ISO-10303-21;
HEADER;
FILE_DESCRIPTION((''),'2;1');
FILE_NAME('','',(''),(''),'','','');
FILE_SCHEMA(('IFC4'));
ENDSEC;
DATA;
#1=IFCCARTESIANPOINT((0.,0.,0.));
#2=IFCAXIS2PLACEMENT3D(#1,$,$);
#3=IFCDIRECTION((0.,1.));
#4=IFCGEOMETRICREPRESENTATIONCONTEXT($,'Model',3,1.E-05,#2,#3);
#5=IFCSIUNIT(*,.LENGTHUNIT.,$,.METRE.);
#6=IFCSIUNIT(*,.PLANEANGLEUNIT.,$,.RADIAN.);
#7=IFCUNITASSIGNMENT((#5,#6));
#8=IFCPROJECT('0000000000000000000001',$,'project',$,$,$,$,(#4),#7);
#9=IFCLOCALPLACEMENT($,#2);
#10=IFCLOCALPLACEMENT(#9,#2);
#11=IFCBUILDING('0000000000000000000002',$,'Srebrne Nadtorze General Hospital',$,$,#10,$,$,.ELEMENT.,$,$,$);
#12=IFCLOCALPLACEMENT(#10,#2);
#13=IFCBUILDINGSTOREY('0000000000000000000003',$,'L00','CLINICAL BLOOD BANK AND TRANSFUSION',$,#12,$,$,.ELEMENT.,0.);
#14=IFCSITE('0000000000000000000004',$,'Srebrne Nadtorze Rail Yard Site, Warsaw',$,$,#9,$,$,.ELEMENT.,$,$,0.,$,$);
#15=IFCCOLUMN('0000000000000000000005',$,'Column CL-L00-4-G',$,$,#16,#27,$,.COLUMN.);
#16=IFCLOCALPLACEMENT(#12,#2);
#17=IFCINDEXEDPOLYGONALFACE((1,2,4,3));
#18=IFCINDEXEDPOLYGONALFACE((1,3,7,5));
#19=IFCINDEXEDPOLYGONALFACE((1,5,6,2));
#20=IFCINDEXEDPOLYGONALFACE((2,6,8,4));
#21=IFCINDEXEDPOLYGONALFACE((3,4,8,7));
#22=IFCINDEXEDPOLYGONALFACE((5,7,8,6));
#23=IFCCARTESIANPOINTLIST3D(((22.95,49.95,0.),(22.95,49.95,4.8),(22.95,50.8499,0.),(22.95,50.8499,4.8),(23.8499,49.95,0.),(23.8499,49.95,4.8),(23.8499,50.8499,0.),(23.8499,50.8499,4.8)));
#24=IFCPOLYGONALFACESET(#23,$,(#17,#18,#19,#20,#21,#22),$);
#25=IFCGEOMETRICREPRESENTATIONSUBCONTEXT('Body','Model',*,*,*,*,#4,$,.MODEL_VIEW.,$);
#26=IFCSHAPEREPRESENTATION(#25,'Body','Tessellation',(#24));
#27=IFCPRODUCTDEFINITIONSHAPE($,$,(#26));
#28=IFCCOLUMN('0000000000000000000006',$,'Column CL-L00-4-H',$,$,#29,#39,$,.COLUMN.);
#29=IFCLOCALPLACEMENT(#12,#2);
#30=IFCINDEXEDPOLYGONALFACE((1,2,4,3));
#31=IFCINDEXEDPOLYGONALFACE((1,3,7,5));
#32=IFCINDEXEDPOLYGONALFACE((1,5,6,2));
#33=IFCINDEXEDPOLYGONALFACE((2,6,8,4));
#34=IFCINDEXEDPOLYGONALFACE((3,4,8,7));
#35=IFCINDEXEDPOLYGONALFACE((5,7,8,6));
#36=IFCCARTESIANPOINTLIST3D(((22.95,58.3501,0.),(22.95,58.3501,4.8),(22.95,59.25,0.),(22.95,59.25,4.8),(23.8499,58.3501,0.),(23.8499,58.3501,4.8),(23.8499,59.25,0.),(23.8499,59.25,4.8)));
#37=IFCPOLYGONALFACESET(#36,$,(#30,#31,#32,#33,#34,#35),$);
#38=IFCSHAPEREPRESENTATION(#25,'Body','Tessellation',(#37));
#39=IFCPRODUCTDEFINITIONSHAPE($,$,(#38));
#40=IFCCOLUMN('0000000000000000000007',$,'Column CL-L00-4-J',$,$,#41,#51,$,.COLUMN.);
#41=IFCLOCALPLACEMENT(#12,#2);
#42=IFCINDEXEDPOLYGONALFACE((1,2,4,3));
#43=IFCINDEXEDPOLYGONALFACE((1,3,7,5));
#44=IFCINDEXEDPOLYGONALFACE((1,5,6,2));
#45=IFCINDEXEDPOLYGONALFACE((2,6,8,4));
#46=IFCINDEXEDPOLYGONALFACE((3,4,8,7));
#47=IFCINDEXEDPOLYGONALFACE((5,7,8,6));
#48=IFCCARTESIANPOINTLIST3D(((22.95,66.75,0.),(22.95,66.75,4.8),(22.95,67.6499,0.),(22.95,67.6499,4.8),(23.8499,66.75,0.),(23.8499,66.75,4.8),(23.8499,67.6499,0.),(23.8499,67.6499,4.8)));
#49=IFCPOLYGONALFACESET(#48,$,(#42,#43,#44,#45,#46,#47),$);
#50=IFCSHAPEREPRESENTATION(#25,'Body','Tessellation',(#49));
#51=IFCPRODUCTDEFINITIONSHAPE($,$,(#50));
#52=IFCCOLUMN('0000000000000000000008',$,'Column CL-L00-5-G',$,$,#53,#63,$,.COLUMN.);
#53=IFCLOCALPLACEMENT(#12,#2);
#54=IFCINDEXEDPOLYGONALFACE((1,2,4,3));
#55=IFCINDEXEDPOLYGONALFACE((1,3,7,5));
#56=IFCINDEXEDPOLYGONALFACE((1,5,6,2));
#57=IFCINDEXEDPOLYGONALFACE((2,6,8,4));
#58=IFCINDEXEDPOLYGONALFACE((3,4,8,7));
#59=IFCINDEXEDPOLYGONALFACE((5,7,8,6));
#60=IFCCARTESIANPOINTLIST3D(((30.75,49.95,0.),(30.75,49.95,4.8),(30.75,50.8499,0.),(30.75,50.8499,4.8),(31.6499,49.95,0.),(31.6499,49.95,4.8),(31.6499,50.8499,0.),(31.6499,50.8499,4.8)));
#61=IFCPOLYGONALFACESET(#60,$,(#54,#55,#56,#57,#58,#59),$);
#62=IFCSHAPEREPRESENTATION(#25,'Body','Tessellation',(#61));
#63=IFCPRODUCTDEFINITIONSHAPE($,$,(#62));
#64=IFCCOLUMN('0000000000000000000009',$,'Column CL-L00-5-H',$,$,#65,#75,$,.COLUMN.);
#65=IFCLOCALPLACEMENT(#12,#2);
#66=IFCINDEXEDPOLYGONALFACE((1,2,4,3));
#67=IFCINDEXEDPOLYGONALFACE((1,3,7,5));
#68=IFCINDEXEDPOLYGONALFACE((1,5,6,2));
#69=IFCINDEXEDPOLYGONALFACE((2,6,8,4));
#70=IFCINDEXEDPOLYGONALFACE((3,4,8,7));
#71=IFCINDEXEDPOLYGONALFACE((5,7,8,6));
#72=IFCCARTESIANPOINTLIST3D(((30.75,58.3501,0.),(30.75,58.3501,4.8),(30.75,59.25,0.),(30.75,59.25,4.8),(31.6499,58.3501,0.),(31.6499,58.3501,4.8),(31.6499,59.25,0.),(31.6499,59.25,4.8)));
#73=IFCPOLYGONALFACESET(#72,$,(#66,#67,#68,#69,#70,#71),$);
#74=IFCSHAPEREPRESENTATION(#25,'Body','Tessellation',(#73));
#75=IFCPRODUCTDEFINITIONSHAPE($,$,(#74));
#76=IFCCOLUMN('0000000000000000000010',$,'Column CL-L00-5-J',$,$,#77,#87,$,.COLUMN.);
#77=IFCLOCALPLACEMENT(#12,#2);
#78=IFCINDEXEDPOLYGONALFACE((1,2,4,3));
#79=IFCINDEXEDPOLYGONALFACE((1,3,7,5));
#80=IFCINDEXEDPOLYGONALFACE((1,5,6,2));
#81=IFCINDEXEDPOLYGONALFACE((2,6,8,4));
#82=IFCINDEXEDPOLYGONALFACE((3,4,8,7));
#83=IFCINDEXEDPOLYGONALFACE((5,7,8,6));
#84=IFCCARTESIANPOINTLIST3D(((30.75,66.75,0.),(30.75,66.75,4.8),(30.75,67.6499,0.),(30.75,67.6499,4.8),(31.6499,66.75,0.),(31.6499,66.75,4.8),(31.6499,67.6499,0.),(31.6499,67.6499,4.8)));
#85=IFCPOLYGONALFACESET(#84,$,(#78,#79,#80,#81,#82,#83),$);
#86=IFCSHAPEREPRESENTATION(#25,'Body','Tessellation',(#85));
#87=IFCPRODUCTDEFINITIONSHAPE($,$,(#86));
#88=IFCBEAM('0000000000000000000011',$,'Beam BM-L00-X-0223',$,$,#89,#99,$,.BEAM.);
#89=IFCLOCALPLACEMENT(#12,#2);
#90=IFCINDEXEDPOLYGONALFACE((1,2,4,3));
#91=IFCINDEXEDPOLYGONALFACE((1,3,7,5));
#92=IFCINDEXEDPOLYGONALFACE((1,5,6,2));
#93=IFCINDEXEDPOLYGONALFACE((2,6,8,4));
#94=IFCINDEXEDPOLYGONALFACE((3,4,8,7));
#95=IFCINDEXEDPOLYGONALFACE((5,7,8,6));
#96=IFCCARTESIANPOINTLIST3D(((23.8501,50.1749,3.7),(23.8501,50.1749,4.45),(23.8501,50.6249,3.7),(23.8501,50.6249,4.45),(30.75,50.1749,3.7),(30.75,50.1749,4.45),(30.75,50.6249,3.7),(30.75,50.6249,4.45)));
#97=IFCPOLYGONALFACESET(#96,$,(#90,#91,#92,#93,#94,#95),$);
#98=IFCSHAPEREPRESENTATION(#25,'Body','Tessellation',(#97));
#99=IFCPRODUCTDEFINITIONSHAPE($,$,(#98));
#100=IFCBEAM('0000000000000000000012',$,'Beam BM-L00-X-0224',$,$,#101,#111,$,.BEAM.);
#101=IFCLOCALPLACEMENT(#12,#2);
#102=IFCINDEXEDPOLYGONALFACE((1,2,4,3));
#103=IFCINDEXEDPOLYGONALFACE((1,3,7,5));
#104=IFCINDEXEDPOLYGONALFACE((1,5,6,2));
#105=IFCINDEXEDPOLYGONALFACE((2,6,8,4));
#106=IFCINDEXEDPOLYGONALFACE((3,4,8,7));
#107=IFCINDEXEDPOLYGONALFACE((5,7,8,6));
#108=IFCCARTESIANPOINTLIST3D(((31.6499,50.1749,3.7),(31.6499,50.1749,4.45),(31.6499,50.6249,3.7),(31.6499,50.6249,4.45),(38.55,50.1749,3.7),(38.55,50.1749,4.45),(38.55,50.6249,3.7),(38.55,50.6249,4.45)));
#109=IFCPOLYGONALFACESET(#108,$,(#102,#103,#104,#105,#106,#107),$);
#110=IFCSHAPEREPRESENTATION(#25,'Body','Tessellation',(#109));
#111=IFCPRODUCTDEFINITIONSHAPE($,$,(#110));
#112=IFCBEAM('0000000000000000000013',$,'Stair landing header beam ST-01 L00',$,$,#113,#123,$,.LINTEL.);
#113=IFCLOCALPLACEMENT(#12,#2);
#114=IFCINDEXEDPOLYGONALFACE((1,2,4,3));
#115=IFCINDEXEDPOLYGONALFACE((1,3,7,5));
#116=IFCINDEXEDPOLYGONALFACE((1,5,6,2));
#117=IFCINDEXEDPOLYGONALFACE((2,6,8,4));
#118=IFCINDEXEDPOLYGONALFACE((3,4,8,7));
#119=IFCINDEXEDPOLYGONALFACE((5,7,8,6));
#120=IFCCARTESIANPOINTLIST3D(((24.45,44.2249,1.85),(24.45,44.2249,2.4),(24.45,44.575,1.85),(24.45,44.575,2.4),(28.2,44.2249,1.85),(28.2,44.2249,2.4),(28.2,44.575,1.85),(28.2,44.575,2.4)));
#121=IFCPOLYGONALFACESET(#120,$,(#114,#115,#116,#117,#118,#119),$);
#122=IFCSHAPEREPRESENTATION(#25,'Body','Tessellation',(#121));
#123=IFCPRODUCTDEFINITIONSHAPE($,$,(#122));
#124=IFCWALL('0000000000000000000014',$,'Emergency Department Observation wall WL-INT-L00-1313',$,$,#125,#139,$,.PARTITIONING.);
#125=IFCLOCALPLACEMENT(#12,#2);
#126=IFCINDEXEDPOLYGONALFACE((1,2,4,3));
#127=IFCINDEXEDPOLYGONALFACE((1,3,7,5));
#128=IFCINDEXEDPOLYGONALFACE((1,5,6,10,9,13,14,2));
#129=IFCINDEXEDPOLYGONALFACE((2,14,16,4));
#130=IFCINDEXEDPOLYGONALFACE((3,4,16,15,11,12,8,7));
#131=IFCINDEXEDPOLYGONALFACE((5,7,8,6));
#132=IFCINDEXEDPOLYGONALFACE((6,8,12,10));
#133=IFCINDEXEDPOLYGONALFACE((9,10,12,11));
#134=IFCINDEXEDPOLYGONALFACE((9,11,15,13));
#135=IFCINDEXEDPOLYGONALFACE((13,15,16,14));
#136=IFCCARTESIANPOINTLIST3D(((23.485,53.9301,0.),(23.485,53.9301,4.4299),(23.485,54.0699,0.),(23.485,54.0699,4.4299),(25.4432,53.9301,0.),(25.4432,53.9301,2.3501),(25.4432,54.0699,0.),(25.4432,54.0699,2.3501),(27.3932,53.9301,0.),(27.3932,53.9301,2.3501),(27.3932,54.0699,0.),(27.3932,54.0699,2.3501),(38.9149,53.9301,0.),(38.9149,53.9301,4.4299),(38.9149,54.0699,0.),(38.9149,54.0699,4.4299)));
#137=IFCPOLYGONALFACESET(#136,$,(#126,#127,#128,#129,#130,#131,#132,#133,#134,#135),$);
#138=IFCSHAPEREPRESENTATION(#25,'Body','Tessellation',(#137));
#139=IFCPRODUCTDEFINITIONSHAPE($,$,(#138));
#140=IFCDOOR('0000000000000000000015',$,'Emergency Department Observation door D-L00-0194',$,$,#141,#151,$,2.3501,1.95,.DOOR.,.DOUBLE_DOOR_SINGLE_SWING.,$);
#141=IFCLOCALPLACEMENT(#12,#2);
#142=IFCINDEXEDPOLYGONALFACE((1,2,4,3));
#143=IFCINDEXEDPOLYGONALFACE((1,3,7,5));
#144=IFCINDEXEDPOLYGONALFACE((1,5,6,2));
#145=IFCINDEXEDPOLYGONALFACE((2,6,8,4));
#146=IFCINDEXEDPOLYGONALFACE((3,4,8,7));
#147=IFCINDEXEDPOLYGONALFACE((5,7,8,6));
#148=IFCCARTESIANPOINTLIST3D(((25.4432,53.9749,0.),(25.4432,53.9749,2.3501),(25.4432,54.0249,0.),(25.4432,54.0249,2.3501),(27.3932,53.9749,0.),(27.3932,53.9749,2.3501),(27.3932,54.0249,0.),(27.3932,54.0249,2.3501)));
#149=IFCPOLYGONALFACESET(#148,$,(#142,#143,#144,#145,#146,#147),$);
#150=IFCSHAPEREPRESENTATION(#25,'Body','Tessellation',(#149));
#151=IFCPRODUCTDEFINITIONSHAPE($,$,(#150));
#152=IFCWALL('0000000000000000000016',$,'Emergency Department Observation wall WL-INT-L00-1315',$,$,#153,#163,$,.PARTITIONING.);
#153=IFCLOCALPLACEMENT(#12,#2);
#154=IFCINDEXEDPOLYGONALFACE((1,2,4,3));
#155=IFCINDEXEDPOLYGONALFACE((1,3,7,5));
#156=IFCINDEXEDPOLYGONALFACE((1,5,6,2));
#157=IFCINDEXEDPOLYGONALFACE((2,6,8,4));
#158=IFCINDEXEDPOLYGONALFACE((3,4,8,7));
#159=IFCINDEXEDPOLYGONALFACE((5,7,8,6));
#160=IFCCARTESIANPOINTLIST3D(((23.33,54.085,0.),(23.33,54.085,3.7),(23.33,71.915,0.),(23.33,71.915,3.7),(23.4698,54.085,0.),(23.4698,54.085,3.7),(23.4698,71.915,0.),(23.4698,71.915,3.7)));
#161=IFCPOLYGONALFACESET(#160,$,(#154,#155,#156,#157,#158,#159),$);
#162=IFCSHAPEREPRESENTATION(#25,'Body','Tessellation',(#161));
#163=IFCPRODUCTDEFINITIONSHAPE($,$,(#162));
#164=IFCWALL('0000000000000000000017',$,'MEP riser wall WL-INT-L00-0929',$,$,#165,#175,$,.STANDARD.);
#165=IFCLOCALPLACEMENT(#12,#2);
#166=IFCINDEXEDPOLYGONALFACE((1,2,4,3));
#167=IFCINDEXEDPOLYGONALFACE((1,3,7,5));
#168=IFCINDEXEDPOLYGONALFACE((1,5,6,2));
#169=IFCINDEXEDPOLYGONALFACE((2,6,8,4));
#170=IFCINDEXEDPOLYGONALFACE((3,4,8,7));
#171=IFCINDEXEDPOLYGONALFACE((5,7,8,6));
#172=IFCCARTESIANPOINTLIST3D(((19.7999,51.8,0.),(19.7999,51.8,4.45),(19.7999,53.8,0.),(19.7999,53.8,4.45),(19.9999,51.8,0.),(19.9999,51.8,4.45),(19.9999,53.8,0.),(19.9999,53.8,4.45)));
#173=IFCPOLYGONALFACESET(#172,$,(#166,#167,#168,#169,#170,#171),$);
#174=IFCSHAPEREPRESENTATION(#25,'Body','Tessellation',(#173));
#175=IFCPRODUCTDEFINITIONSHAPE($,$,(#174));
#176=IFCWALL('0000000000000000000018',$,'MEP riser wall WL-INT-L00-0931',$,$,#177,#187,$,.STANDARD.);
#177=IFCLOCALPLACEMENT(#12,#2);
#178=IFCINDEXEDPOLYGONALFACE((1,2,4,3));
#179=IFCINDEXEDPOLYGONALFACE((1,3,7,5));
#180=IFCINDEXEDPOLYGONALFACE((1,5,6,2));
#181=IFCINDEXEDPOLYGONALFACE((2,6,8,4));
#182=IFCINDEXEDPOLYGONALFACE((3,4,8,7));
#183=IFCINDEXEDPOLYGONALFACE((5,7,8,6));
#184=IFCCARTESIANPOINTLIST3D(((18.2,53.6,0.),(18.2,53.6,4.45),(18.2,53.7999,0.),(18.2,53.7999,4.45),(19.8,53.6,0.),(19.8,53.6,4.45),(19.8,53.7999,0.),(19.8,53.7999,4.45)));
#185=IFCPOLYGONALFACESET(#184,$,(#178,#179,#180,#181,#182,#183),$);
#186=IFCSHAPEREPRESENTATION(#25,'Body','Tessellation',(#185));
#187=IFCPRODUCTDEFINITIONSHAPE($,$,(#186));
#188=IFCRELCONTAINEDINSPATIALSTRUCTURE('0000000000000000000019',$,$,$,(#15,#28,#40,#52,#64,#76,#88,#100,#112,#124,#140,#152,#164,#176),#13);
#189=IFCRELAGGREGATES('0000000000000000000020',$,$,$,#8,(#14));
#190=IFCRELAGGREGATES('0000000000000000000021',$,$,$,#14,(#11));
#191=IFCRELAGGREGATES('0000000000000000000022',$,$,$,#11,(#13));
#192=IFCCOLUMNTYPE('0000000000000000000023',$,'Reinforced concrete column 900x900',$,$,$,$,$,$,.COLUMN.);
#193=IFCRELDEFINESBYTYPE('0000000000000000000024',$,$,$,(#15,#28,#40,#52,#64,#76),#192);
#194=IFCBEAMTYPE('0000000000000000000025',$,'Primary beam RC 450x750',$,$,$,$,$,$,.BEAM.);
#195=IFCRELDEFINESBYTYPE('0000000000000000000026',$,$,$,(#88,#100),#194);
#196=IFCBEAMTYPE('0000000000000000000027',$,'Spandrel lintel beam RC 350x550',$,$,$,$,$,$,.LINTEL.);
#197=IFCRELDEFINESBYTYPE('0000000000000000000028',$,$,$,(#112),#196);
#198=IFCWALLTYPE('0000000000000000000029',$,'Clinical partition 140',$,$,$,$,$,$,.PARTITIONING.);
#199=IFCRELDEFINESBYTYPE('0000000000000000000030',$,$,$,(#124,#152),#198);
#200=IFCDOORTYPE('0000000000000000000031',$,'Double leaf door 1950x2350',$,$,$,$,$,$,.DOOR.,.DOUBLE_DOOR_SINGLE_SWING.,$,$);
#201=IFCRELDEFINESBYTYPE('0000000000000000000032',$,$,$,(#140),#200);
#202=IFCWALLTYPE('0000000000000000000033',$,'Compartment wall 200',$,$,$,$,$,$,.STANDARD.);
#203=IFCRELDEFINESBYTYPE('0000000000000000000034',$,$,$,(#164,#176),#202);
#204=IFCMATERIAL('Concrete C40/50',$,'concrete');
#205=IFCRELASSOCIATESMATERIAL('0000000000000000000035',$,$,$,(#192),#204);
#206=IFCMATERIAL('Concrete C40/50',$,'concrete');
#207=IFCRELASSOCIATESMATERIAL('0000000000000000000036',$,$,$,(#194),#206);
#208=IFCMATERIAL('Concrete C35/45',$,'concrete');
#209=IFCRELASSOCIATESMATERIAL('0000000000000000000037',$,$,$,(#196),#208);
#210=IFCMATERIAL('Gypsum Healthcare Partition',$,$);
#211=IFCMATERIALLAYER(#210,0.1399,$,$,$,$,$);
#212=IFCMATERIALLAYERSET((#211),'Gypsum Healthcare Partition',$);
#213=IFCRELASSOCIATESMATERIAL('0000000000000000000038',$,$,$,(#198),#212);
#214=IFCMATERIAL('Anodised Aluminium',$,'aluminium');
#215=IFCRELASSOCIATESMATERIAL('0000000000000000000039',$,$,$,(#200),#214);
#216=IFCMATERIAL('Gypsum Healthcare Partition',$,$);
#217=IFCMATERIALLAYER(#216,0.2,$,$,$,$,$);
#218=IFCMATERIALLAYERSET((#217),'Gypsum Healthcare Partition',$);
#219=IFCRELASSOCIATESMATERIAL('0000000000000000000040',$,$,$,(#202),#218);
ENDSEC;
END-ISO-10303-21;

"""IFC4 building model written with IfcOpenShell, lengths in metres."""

from ifc_helpers import new_model, si_unit, direction, frame, frame_2d, origin, origin_2d, place, context, subcontext, project, spatial, rectangle, extrude, material, layer, layer_set, material_profile, profile_set, type_object, element, fill, save


model = new_model("IFC4")

# Units and contexts
model_context = context("Model", 3, precision=1e-05, world=origin(), true_north=direction((0.0, 1.0)))
body_context = subcontext(model_context, "Body", "Model", "MODEL_VIEW")
ifc_project = project(units=[si_unit("LENGTHUNIT", "METRE"), si_unit("PLANEANGLEUNIT", "RADIAN")], contexts=[model_context])

# Site, building, storey
site_placement = place(None, origin())
site = spatial("IfcSite", under=ifc_project, at=site_placement, Name="Srebrne Nadtorze Rail Yard Site, Warsaw", CompositionType="ELEMENT", RefElevation=0.0)
building_placement = place(site_placement, origin())
building = spatial("IfcBuilding", under=site, at=building_placement, Name="Srebrne Nadtorze General Hospital", CompositionType="ELEMENT")
storey_placement = place(building_placement, origin())
storey = spatial("IfcBuildingStorey", under=building, at=storey_placement, Name="L00", Description="CLINICAL BLOOD BANK AND TRANSFUSION", CompositionType="ELEMENT", Elevation=0.0)

# Columns
ifc_material_1 = material(Name="Concrete C40/50", Category="concrete")
ifc_material_profile_1 = material_profile(ifc_material_1, rectangle(XDim=0.8999, YDim=0.8999, at=origin_2d()), Name="RC-COL-900x900")
ifc_profile_set_1 = profile_set([ifc_material_profile_1], Name="Concrete C40/50")
column_type = type_object("IfcColumnType", Name="Reinforced concrete column 900x900", PredefinedType="COLUMN", material=ifc_profile_set_1)
for number, where, z_axis, x_axis, name in (
    (1, (23.3999, 50.3999, 0.0), (0.0, 0.0, 1.0), (1.0, 0.0, 0.0), "Column CL-L00-4-G"),
    (2, (23.3999, 58.8, 0.0), (0.0, 0.0, 1.0), (1.0, 0.0, 0.0), "Column CL-L00-4-H"),
    (3, (23.3999, 67.2, 0.0), (0.0, 0.0, 1.0), (1.0, 0.0, 0.0), "Column CL-L00-4-J"),
    (4, (31.2, 50.3999, 0.0), (0.0, 0.0, 1.0), (1.0, 0.0, 0.0), "Column CL-L00-5-G"),
    (5, (31.2, 58.8, 0.0), (0.0, 0.0, 1.0), (1.0, 0.0, 0.0), "Column CL-L00-5-H"),
    (6, (31.2, 67.2, 0.0), (0.0, 0.0, 1.0), (1.0, 0.0, 0.0), "Column CL-L00-5-J"),
):
    element("IfcColumn", number, at=place(storey_placement, frame(where, z_axis=z_axis, x_axis=x_axis)), inside=storey, type_object=column_type, Name=name, PredefinedType="COLUMN", context=body_context, shape_type="SweptSolid", body=[
        extrude(rectangle(XDim=0.8999, YDim=0.8999, at=origin_2d()), origin(), (0.0, 0.0, 1.0), 4.8),
    ])

# Beams
ifc_material_2 = material(Name="Concrete C40/50", Category="concrete")
ifc_material_profile_2 = material_profile(ifc_material_2, rectangle(XDim=0.45, YDim=0.75, at=origin_2d()), Name="RC-BM-450x750")
ifc_profile_set_2 = profile_set([ifc_material_profile_2], Name="Concrete C40/50")
beam_type_1 = type_object("IfcBeamType", Name="Primary beam RC 450x750", PredefinedType="BEAM", material=ifc_profile_set_2)
beam_1_placement = place(storey_placement, frame((23.8501, 50.3999, 4.075), z_axis=(1.0, 0.0, 0.0), x_axis=(0.0, 1.0, 0.0)))
element("IfcBeam", 7, at=beam_1_placement, inside=storey, type_object=beam_type_1, Name="Beam BM-L00-X-0223", PredefinedType="BEAM", context=body_context, shape_type="SweptSolid", body=[
    extrude(rectangle(XDim=0.45, YDim=0.75, at=origin_2d()), origin(), (0.0, 0.0, 1.0), 6.8999),
])
beam_2_placement = place(storey_placement, frame((31.6499, 50.3999, 4.075), z_axis=(1.0, 0.0, 0.0), x_axis=(0.0, 1.0, 0.0)))
element("IfcBeam", 8, at=beam_2_placement, inside=storey, type_object=beam_type_1, Name="Beam BM-L00-X-0224", PredefinedType="BEAM", context=body_context, shape_type="SweptSolid", body=[
    extrude(rectangle(XDim=0.45, YDim=0.75, at=origin_2d()), origin(), (0.0, 0.0, 1.0), 6.9001),
])
ifc_material_3 = material(Name="Concrete C35/45", Category="concrete")
ifc_material_profile_3 = material_profile(ifc_material_3, rectangle(XDim=0.3501, YDim=0.55, at=origin_2d()), Name="RC-BM-350x550")
ifc_profile_set_3 = profile_set([ifc_material_profile_3], Name="Concrete C35/45")
beam_type_2 = type_object("IfcBeamType", Name="Spandrel lintel beam RC 350x550", PredefinedType="LINTEL", material=ifc_profile_set_3)
beam_3_placement = place(storey_placement, frame((24.45, 44.3999, 2.125), z_axis=(1.0, 0.0, 0.0), x_axis=(0.0, 1.0, 0.0)))
element("IfcBeam", 9, at=beam_3_placement, inside=storey, type_object=beam_type_2, Name="Stair landing header beam ST-01 L00", PredefinedType="LINTEL", context=body_context, shape_type="SweptSolid", body=[
    extrude(rectangle(XDim=0.3501, YDim=0.55, at=origin_2d()), origin(), (0.0, 0.0, 1.0), 3.75),
])

# Wall, opening, door
ifc_material_4 = material(Name="Gypsum Healthcare Partition")
ifc_layer_1 = layer(ifc_material_4, 0.1399)
ifc_layer_set_1 = layer_set([ifc_layer_1], Name="Gypsum Healthcare Partition")
wall_type_1 = type_object("IfcWallType", Name="Clinical partition 140", PredefinedType="PARTITIONING", material=ifc_layer_set_1)
wall_1_placement = place(storey_placement, frame((23.4851, 54.0, 0.0), z_axis=(0.0, 0.0, 1.0), x_axis=(1.0, 0.0, 0.0)))
wall_1 = element("IfcWall", 10, at=wall_1_placement, inside=storey, type_object=wall_type_1, Name="Emergency Department Observation wall WL-INT-L00-1313", PredefinedType="PARTITIONING", context=body_context, shape_type="SweptSolid", body=[
    extrude(rectangle(XDim=15.4299, YDim=0.1399, at=frame_2d((7.7148, 0.0))), origin(), (0.0, 0.0, 1.0), 4.4299),
])
opening_1_placement = place(wall_1_placement, frame((1.958, 0.0, 0.0)))
opening_1 = element("IfcOpeningElement", 11, at=opening_1_placement, cuts=wall_1, PredefinedType="OPENING", context=body_context, shape_type="SweptSolid", body=[
    extrude(rectangle(XDim=1.95, YDim=2.3501, at=frame_2d((0.9751, 1.175))), frame((0.0, 0.082, 0.0), z_axis=(0.0, -1.0, 0.0), x_axis=(1.0, 0.0, 0.0)), (0.0, 0.0, 1.0), 0.1638),
])
ifc_material_5 = material(Name="Anodised Aluminium", Category="aluminium")
door_type_1 = type_object("IfcDoorType", Name="Double leaf door 1950x2350", OperationType="DOUBLE_DOOR_SINGLE_SWING", PredefinedType="DOOR", material=ifc_material_5)
door_1_placement = place(opening_1_placement, origin())
door_1 = element("IfcDoor", 12, at=door_1_placement, inside=storey, type_object=door_type_1, Name="Emergency Department Observation door D-L00-0194", OperationType="DOUBLE_DOOR_SINGLE_SWING", OverallHeight=2.3501, OverallWidth=1.95, PredefinedType="DOOR", context=body_context, shape_type="SweptSolid", body=[
    extrude(rectangle(XDim=1.95, YDim=2.3501, at=frame_2d((0.9751, 1.175))), frame((0.0, 0.0249, 0.0), z_axis=(0.0, -1.0, 0.0), x_axis=(1.0, 0.0, 0.0)), (0.0, 0.0, 1.0), 0.05),
])
fill(opening_1, door_1)

# Walls
wall_2_placement = place(storey_placement, frame((23.3999, 54.085, 0.0), z_axis=(0.0, 0.0, 1.0), x_axis=(0.0, 1.0, 0.0)))
element("IfcWall", 13, at=wall_2_placement, inside=storey, type_object=wall_type_1, Name="Emergency Department Observation wall WL-INT-L00-1315", PredefinedType="PARTITIONING", context=body_context, shape_type="SweptSolid", body=[
    extrude(rectangle(XDim=17.8301, YDim=0.1399, at=frame_2d((8.915, 0.0))), origin(), (0.0, 0.0, 1.0), 3.7),
])
ifc_material_6 = material(Name="Gypsum Healthcare Partition")
ifc_layer_2 = layer(ifc_material_6, 0.2)
ifc_layer_set_2 = layer_set([ifc_layer_2], Name="Gypsum Healthcare Partition")
wall_type_2 = type_object("IfcWallType", Name="Compartment wall 200", PredefinedType="STANDARD", material=ifc_layer_set_2)
wall_3_placement = place(storey_placement, frame((19.8999, 51.8, 0.0), z_axis=(0.0, 0.0, 1.0), x_axis=(0.0, 1.0, 0.0)))
element("IfcWall", 14, at=wall_3_placement, inside=storey, type_object=wall_type_2, Name="MEP riser wall WL-INT-L00-0929", PredefinedType="STANDARD", context=body_context, shape_type="SweptSolid", body=[
    extrude(rectangle(XDim=2.0, YDim=0.2, at=frame_2d((1.0, 0.0))), origin(), (0.0, 0.0, 1.0), 4.45),
])
wall_4_placement = place(storey_placement, frame((18.2, 53.7, 0.0), z_axis=(0.0, 0.0, 1.0), x_axis=(1.0, 0.0, 0.0)))
element("IfcWall", 15, at=wall_4_placement, inside=storey, type_object=wall_type_2, Name="MEP riser wall WL-INT-L00-0931", PredefinedType="STANDARD", context=body_context, shape_type="SweptSolid", body=[
    extrude(rectangle(XDim=1.6001, YDim=0.2, at=frame_2d((0.8, 0.0))), origin(), (0.0, 0.0, 1.0), 4.45),
])

save(model, "model.ifc")
